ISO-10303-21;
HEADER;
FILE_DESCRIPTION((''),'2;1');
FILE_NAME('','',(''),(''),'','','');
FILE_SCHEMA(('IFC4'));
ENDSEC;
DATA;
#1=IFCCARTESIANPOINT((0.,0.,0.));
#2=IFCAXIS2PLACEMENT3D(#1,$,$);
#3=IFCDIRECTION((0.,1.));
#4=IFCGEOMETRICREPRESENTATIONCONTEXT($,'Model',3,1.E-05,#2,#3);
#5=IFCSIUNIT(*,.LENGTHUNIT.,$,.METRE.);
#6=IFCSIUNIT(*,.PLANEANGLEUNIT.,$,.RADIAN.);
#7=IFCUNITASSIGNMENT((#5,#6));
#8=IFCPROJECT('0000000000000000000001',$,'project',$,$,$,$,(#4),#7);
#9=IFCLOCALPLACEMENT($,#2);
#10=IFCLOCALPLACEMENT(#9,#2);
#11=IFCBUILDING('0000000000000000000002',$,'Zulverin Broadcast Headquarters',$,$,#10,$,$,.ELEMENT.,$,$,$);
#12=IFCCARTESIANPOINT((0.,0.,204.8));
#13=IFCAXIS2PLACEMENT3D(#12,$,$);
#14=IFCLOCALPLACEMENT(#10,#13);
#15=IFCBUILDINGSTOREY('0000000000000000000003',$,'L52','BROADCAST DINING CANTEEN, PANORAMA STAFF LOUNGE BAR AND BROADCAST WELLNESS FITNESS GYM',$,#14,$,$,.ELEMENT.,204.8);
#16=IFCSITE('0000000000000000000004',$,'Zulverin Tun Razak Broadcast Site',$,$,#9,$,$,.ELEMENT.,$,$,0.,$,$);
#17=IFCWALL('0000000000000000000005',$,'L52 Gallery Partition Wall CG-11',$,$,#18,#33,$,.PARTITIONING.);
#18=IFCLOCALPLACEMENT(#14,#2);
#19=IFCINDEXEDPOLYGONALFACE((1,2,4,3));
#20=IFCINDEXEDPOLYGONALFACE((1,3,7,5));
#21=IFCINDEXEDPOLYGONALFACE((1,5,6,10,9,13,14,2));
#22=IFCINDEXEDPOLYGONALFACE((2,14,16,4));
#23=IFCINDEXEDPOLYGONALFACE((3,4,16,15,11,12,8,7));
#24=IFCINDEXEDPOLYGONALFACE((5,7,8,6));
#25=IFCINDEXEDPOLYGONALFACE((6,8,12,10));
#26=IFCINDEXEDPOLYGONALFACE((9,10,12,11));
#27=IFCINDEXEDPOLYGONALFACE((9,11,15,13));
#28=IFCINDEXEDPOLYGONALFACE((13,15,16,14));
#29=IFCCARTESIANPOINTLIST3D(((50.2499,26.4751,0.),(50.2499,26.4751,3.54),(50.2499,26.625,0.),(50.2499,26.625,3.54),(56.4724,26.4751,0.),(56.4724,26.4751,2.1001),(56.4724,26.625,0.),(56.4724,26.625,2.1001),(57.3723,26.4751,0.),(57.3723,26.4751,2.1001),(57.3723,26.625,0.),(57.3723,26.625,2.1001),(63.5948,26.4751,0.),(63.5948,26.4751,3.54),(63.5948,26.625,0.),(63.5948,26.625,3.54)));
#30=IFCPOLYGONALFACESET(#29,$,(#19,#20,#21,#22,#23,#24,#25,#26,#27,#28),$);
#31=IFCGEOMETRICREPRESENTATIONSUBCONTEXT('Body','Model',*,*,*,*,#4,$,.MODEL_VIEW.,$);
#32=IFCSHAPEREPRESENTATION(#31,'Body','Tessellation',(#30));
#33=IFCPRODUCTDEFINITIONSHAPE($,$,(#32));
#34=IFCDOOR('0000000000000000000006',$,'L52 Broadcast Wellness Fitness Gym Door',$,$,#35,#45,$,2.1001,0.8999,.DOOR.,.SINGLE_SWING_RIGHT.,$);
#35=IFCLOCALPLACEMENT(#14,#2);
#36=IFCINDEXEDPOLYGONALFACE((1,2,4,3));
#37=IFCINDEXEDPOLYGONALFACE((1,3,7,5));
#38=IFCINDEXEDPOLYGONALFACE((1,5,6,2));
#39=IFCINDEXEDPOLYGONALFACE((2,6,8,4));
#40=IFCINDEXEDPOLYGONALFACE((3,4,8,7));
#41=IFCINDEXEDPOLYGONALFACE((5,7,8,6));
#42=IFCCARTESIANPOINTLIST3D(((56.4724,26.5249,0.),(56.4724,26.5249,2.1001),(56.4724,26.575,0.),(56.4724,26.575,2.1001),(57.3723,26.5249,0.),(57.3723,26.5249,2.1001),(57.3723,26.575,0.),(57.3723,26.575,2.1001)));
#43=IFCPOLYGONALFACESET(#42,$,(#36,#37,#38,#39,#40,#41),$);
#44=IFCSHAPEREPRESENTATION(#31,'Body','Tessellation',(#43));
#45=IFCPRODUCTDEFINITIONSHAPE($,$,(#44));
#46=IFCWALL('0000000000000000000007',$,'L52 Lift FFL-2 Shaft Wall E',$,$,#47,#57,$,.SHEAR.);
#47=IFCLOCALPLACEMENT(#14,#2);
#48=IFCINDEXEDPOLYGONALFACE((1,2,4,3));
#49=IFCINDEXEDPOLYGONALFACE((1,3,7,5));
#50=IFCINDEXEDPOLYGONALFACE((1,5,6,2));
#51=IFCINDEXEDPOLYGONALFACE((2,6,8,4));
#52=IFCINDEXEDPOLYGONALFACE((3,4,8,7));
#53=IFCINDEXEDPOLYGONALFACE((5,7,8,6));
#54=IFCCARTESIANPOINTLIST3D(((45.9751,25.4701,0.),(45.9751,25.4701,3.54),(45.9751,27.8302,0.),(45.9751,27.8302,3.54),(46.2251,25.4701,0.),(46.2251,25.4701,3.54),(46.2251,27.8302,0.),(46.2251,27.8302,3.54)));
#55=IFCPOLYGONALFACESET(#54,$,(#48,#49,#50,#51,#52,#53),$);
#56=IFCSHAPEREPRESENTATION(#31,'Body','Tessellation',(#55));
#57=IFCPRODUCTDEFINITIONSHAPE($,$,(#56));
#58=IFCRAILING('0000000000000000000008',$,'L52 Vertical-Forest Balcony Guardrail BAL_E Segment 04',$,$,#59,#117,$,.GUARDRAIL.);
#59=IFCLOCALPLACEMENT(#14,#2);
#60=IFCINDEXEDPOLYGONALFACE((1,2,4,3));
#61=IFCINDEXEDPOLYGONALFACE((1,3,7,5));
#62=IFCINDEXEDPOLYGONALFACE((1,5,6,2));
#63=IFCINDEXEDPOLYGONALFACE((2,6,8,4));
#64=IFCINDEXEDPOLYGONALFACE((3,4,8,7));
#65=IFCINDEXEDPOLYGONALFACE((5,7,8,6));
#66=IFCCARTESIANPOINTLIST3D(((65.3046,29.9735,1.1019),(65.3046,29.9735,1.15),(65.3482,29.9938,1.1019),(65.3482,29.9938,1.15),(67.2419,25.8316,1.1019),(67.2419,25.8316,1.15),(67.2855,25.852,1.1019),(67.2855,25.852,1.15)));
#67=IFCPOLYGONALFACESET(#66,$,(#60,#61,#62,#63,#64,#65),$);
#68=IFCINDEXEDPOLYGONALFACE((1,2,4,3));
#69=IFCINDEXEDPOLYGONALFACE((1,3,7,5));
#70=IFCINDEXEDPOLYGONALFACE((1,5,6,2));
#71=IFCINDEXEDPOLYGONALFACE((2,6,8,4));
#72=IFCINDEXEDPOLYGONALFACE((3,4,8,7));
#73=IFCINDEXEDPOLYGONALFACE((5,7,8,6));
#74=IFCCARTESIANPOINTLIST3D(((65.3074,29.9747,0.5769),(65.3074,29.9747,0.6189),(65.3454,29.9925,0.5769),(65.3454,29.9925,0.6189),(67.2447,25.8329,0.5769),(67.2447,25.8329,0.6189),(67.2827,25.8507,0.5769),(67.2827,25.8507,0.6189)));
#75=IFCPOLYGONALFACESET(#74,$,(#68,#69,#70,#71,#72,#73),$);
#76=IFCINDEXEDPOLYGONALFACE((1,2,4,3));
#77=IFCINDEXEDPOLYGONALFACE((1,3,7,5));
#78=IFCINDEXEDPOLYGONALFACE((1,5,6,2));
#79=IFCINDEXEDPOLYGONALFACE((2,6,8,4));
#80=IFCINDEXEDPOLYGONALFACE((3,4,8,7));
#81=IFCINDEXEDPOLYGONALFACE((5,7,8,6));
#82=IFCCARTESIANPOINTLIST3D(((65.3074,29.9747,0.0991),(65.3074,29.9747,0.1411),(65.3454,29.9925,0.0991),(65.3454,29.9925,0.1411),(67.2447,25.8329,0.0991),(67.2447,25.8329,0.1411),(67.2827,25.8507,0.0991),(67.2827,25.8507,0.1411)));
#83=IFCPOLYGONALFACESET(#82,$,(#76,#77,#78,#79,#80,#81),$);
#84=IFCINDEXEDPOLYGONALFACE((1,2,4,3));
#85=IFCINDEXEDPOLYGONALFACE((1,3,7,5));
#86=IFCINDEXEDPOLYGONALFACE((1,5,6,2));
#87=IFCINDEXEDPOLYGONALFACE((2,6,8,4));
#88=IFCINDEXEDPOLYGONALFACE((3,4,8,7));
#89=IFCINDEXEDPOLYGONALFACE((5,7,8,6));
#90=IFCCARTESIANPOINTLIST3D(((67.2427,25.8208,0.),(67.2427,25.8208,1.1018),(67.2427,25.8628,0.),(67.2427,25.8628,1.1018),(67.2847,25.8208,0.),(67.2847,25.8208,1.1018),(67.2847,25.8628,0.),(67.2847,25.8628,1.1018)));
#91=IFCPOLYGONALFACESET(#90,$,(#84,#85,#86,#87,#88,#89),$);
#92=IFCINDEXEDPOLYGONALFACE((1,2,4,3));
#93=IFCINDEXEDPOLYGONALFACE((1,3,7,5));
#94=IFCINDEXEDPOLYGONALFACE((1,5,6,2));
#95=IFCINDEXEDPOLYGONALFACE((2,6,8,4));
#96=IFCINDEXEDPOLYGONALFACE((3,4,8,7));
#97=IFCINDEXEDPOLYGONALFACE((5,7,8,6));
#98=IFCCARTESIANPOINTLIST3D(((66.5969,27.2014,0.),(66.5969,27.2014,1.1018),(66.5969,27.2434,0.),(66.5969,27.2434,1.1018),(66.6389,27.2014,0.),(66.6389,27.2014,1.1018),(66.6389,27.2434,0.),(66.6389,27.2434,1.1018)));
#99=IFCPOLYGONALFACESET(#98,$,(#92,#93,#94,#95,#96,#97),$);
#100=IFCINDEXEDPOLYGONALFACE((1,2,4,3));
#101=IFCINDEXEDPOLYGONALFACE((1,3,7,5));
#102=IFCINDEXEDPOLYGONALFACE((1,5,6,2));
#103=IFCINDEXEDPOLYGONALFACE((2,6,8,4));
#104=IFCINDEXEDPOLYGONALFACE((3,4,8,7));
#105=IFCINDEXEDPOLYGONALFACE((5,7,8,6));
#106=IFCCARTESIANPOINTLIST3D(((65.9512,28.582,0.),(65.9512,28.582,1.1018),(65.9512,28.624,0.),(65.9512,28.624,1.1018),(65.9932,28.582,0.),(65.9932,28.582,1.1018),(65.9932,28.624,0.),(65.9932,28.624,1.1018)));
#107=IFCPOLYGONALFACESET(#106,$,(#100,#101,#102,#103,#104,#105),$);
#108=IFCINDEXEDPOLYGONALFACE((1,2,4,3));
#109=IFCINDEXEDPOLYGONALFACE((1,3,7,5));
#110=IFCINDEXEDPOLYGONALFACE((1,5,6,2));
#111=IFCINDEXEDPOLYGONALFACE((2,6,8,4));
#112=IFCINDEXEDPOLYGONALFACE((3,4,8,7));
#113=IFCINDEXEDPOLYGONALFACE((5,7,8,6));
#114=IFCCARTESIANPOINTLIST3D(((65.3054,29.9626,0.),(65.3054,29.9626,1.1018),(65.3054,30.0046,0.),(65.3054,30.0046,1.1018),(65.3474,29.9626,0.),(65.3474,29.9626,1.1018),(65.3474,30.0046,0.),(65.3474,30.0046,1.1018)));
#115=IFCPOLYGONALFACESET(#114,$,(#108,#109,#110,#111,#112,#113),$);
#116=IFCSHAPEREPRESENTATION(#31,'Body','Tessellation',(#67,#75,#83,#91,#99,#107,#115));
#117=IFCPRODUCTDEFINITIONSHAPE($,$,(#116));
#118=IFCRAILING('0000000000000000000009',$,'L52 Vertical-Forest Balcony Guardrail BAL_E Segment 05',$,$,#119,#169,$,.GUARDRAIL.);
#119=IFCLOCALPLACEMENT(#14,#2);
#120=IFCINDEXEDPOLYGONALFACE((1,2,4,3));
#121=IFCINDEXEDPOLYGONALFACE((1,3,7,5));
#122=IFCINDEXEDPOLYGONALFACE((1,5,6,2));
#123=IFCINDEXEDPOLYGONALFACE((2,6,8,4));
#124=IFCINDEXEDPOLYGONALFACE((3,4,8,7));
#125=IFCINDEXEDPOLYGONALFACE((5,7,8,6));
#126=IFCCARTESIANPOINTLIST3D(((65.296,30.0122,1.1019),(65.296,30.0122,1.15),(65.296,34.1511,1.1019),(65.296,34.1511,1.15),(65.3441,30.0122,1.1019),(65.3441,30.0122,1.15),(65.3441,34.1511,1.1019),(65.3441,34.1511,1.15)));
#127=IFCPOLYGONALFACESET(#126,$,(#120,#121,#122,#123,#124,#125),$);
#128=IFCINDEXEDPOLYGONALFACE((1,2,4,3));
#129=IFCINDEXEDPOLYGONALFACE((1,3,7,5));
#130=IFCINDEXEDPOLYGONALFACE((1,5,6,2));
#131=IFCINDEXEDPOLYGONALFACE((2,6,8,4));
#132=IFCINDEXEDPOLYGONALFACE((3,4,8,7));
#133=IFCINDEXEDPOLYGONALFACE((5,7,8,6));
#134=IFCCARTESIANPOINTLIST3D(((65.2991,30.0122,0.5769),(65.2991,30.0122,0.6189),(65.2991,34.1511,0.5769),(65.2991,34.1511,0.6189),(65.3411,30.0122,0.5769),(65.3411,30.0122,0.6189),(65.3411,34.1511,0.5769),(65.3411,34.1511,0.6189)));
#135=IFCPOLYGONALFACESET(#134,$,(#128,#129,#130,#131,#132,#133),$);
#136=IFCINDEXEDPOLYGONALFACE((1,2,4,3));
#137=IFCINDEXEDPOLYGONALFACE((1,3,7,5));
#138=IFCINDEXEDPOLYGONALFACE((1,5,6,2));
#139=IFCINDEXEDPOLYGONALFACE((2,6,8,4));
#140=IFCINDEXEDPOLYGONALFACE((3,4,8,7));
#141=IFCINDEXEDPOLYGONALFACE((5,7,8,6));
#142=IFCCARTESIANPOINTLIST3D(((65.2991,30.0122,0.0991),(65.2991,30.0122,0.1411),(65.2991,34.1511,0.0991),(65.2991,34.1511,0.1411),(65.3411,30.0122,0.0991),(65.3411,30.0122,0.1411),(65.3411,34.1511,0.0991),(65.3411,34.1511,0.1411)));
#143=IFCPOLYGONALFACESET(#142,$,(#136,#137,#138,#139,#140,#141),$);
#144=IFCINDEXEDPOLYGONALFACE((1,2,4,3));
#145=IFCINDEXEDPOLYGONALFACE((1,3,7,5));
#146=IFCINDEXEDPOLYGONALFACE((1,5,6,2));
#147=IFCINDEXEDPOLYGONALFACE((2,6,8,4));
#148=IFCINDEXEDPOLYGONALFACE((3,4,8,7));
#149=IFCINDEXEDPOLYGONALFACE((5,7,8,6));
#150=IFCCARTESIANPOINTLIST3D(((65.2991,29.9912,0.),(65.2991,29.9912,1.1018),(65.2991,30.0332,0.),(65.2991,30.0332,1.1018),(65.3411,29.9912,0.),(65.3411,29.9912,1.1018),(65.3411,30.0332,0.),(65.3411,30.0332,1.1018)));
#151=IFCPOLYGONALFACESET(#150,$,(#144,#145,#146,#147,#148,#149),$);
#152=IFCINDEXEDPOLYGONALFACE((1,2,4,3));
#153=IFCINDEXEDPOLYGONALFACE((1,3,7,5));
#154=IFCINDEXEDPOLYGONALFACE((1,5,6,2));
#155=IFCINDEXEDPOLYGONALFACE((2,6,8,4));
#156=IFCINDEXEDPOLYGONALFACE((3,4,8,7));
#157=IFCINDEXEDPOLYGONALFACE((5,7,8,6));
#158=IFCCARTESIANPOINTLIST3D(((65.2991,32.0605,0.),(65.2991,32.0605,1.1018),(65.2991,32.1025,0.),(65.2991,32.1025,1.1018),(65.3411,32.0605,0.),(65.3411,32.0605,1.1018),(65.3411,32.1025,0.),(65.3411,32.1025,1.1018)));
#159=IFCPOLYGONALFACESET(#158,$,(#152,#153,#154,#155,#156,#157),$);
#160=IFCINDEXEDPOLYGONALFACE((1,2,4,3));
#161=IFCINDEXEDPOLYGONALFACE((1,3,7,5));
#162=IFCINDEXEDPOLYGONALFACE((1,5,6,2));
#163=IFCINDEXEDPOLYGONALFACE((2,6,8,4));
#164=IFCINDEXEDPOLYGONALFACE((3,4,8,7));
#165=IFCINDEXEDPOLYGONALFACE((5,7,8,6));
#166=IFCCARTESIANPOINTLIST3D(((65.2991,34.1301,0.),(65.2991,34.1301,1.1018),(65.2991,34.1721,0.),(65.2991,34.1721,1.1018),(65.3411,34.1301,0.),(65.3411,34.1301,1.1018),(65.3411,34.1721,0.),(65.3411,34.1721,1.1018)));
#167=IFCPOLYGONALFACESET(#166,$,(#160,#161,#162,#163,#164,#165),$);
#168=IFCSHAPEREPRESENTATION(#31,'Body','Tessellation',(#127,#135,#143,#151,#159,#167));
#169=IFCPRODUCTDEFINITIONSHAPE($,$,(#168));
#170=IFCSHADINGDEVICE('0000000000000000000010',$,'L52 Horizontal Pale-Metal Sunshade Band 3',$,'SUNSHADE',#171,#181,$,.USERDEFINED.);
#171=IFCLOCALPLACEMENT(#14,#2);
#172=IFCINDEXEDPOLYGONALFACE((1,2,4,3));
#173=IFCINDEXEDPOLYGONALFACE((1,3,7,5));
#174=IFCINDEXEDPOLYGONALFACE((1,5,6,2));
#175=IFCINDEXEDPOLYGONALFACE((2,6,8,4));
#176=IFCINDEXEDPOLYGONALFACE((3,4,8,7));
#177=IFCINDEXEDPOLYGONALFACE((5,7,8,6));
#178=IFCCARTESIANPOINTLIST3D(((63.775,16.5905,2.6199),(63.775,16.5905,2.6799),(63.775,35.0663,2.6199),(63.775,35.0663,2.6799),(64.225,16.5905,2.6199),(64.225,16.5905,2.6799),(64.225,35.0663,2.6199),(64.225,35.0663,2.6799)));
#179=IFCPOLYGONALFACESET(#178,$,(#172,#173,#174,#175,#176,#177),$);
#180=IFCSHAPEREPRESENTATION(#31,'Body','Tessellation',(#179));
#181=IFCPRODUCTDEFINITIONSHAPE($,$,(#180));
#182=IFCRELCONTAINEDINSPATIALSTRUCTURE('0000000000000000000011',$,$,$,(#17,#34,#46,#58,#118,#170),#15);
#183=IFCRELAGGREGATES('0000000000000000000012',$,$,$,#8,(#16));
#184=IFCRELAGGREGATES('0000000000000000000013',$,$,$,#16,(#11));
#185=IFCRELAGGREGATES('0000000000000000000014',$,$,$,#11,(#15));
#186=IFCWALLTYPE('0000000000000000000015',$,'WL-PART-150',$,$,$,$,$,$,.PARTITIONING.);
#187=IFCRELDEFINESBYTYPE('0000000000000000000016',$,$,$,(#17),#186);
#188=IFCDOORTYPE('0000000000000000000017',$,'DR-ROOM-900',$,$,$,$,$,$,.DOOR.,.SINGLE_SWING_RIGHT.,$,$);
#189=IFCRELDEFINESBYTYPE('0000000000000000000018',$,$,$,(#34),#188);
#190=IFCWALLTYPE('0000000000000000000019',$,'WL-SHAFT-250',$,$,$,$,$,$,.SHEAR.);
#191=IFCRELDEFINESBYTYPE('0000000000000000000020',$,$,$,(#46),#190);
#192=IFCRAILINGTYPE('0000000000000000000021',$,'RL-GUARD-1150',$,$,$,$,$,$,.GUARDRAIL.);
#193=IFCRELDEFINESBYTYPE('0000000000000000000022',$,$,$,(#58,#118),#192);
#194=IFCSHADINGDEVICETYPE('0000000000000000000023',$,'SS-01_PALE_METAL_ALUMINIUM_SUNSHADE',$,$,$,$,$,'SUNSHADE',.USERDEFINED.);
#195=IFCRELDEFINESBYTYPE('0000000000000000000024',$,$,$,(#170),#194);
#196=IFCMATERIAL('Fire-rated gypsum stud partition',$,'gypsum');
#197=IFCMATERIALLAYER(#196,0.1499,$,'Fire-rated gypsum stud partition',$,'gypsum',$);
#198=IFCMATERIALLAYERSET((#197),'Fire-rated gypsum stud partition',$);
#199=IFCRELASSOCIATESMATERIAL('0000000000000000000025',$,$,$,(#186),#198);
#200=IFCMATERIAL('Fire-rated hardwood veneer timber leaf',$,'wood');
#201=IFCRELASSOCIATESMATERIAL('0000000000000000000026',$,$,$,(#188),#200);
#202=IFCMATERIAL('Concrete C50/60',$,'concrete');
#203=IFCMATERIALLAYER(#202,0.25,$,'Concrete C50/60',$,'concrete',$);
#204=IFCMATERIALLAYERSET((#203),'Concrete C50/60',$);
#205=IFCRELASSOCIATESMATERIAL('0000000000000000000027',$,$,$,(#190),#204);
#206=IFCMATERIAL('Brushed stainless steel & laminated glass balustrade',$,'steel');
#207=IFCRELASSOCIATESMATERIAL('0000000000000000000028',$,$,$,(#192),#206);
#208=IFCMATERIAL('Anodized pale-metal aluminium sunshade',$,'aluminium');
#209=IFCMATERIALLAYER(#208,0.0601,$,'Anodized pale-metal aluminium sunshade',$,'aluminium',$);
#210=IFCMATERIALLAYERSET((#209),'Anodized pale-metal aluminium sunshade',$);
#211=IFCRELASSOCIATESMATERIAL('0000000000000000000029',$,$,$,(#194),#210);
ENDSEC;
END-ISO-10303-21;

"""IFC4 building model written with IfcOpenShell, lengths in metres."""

from ifc_helpers import new_model, si_unit, direction, frame, frame_2d, origin, origin_2d, place, context, subcontext, project, spatial, rectangle, extrude, material, layer, layer_set, type_object, element, fill, save


model = new_model("IFC4")

# Units and contexts
model_context = context("Model", 3, precision=1e-05, world=origin(), true_north=direction((0.0, 1.0)))
body_context = subcontext(model_context, "Body", "Model", "MODEL_VIEW")
ifc_project = project(units=[si_unit("LENGTHUNIT", "METRE"), si_unit("PLANEANGLEUNIT", "RADIAN")], contexts=[model_context])

# Site, building, storey
site_placement = place(None, origin())
site = spatial("IfcSite", under=ifc_project, at=site_placement, Name="Zulverin Tun Razak Broadcast Site", CompositionType="ELEMENT", RefElevation=0.0)
building_placement = place(site_placement, origin())
building = spatial("IfcBuilding", under=site, at=building_placement, Name="Zulverin Broadcast Headquarters", CompositionType="ELEMENT")
storey_placement = place(building_placement, frame((0.0, 0.0, 204.8)))
storey = spatial("IfcBuildingStorey", under=building, at=storey_placement, Name="L52", Description="BROADCAST DINING CANTEEN, PANORAMA STAFF LOUNGE BAR AND BROADCAST WELLNESS FITNESS GYM", CompositionType="ELEMENT", Elevation=204.8)

# Shared definitions
ifc_material_1 = material(Name="Concrete C50/60", Category="concrete")

# Shared definitions
ifc_material_2 = material(Name="Fire-rated gypsum stud partition", Category="gypsum")
ifc_layer_1 = layer(ifc_material_2, 0.1499, Name="Fire-rated gypsum stud partition", Category="gypsum")
ifc_layer_set_1 = layer_set([ifc_layer_1], Name="Fire-rated gypsum stud partition")
wall_type_1 = type_object("IfcWallType", Name="WL-PART-150", PredefinedType="PARTITIONING", material=ifc_layer_set_1)

# Wall, opening, door
wall_1_placement = place(storey_placement, frame((50.25, 26.55, 0.0), z_axis=(0.0, 0.0, 1.0), x_axis=(1.0, 0.0, 0.0)))
wall_1 = element("IfcWall", 1, at=wall_1_placement, inside=storey, type_object=wall_type_1, Name="L52 Gallery Partition Wall CG-11", PredefinedType="PARTITIONING", context=body_context, shape_type="SweptSolid", body=[
    extrude(rectangle(XDim=13.345, YDim=0.1499, at=frame_2d((6.6724, 0.0))), origin(), (0.0, 0.0, 1.0), 3.54),
])
opening_placement = place(wall_1_placement, frame((6.2224, 0.0, 0.0)))
opening = element("IfcOpeningElement", 2, at=opening_placement, cuts=wall_1, PredefinedType="OPENING", context=body_context, shape_type="SweptSolid", body=[
    extrude(rectangle(XDim=0.8999, YDim=2.1001, at=frame_2d((0.45, 1.05))), frame((0.0, 0.085, 0.0), z_axis=(0.0, -1.0, 0.0), x_axis=(1.0, 0.0, 0.0)), (0.0, 0.0, 1.0), 0.1699),
])
ifc_material_3 = material(Name="Fire-rated hardwood veneer timber leaf", Category="wood")
door_type = type_object("IfcDoorType", Name="DR-ROOM-900", OperationType="SINGLE_SWING_RIGHT", PredefinedType="DOOR", material=ifc_material_3)
door_placement = place(opening_placement, origin())
door = element("IfcDoor", 3, at=door_placement, inside=storey, type_object=door_type, Name="L52 Broadcast Wellness Fitness Gym Door", OperationType="SINGLE_SWING_RIGHT", OverallHeight=2.1001, OverallWidth=0.8999, PredefinedType="DOOR", context=body_context, shape_type="SweptSolid", body=[
    extrude(rectangle(XDim=0.8999, YDim=2.1001, at=frame_2d((0.45, 1.05))), frame((0.0, 0.0249, 0.0), z_axis=(0.0, -1.0, 0.0), x_axis=(1.0, 0.0, 0.0)), (0.0, 0.0, 1.0), 0.05),
])
fill(opening, door)

# Wall
ifc_layer_2 = layer(ifc_material_1, 0.25, Name="Concrete C50/60", Category="concrete")
ifc_layer_set_2 = layer_set([ifc_layer_2], Name="Concrete C50/60")
wall_type_2 = type_object("IfcWallType", Name="WL-SHAFT-250", PredefinedType="SHEAR", material=ifc_layer_set_2)
wall_2_placement = place(storey_placement, frame((46.1001, 25.47, 0.0), z_axis=(0.0, 0.0, 1.0), x_axis=(0.0, 1.0, 0.0)))
element("IfcWall", 4, at=wall_2_placement, inside=storey, type_object=wall_type_2, Name="L52 Lift FFL-2 Shaft Wall E", PredefinedType="SHEAR", context=body_context, shape_type="SweptSolid", body=[
    extrude(rectangle(XDim=2.3601, YDim=0.25, at=frame_2d((1.1802, 0.0))), origin(), (0.0, 0.0, 1.0), 3.54),
])

# Railings
ifc_material_4 = material(Name="Brushed stainless steel & laminated glass balustrade", Category="steel")
railing_type = type_object("IfcRailingType", Name="RL-GUARD-1150", PredefinedType="GUARDRAIL", material=ifc_material_4)
railing_1_placement = place(storey_placement, frame((67.2637, 25.8418, 0.0)))
element("IfcRailing", 5, at=railing_1_placement, inside=storey, type_object=railing_type, Name="L52 Vertical-Forest Balcony Guardrail BAL_E Segment 04", PredefinedType="GUARDRAIL", context=body_context, shape_type="SweptSolid", body=[
    extrude(rectangle(XDim=0.0481, YDim=0.0481, at=origin_2d()), frame((0.0, 0.0, 1.126), z_axis=(-0.423675, 0.905815, 0.0), x_axis=(-0.905815, -0.423675, 0.0)), (0.0, 0.0, 1.0), 4.5725),
    extrude(rectangle(XDim=0.042, YDim=0.042, at=origin_2d()), frame((0.0, 0.0, 0.5979), z_axis=(-0.423675, 0.905815, 0.0), x_axis=(-0.905815, -0.423675, 0.0)), (0.0, 0.0, 1.0), 4.5725),
    extrude(rectangle(XDim=0.042, YDim=0.042, at=origin_2d()), frame((0.0, 0.0, 0.1201), z_axis=(-0.423675, 0.905815, 0.0), x_axis=(-0.905815, -0.423675, 0.0)), (0.0, 0.0, 1.0), 4.5725),
    extrude(rectangle(XDim=0.042, YDim=0.042, at=origin_2d()), origin(), (0.0, 0.0, 1.0), 1.1018),
    extrude(rectangle(XDim=0.042, YDim=0.042, at=origin_2d()), frame((-0.6458, 1.3806, 0.0)), (0.0, 0.0, 1.0), 1.1018),
    extrude(rectangle(XDim=0.042, YDim=0.042, at=origin_2d()), frame((-1.2915, 2.7612, 0.0)), (0.0, 0.0, 1.0), 1.1018),
    extrude(rectangle(XDim=0.042, YDim=0.042, at=origin_2d()), frame((-1.9373, 4.1418, 0.0)), (0.0, 0.0, 1.0), 1.1018),
])
railing_2_placement = place(storey_placement, frame((65.3201, 30.0122, 0.0)))
element("IfcRailing", 6, at=railing_2_placement, inside=storey, type_object=railing_type, Name="L52 Vertical-Forest Balcony Guardrail BAL_E Segment 05", PredefinedType="GUARDRAIL", context=body_context, shape_type="SweptSolid", body=[
    extrude(rectangle(XDim=0.0481, YDim=0.0481, at=origin_2d()), frame((0.0, 0.0, 1.126), z_axis=(0.0, 1.0, 0.0), x_axis=(-1.0, 0.0, 0.0)), (0.0, 0.0, 1.0), 4.1389),
    extrude(rectangle(XDim=0.042, YDim=0.042, at=origin_2d()), frame((0.0, 0.0, 0.5979), z_axis=(0.0, 1.0, 0.0), x_axis=(-1.0, 0.0, 0.0)), (0.0, 0.0, 1.0), 4.1389),
    extrude(rectangle(XDim=0.042, YDim=0.042, at=origin_2d()), frame((0.0, 0.0, 0.1201), z_axis=(0.0, 1.0, 0.0), x_axis=(-1.0, 0.0, 0.0)), (0.0, 0.0, 1.0), 4.1389),
    extrude(rectangle(XDim=0.042, YDim=0.042, at=origin_2d()), origin(), (0.0, 0.0, 1.0), 1.1018),
    extrude(rectangle(XDim=0.042, YDim=0.042, at=origin_2d()), frame((0.0, 2.0693, 0.0)), (0.0, 0.0, 1.0), 1.1018),
    extrude(rectangle(XDim=0.042, YDim=0.042, at=origin_2d()), frame((0.0, 4.1389, 0.0)), (0.0, 0.0, 1.0), 1.1018),
])

# Shading device
ifc_material_5 = material(Name="Anodized pale-metal aluminium sunshade", Category="aluminium")
ifc_layer_3 = layer(ifc_material_5, 0.0601, Name="Anodized pale-metal aluminium sunshade", Category="aluminium")
ifc_layer_set_3 = layer_set([ifc_layer_3], Name="Anodized pale-metal aluminium sunshade")
shading_device_type = type_object("IfcShadingDeviceType", Name="SS-01_PALE_METAL_ALUMINIUM_SUNSHADE", ElementType="SUNSHADE", PredefinedType="USERDEFINED", material=ifc_layer_set_3)
shading_device_placement = place(storey_placement, frame((64.0, 25.8284, 2.6199), z_axis=(0.0, 0.0, 1.0), x_axis=(0.0, 1.0, 0.0)))
element("IfcShadingDevice", 7, at=shading_device_placement, inside=storey, type_object=shading_device_type, Name="L52 Horizontal Pale-Metal Sunshade Band 3", ObjectType="SUNSHADE", PredefinedType="USERDEFINED", context=body_context, shape_type="SweptSolid", body=[
    extrude(rectangle(XDim=18.4758, YDim=0.45, at=origin_2d()), origin(), (0.0, 0.0, 1.0), 0.0601),
])

save(model, "model.ifc")
